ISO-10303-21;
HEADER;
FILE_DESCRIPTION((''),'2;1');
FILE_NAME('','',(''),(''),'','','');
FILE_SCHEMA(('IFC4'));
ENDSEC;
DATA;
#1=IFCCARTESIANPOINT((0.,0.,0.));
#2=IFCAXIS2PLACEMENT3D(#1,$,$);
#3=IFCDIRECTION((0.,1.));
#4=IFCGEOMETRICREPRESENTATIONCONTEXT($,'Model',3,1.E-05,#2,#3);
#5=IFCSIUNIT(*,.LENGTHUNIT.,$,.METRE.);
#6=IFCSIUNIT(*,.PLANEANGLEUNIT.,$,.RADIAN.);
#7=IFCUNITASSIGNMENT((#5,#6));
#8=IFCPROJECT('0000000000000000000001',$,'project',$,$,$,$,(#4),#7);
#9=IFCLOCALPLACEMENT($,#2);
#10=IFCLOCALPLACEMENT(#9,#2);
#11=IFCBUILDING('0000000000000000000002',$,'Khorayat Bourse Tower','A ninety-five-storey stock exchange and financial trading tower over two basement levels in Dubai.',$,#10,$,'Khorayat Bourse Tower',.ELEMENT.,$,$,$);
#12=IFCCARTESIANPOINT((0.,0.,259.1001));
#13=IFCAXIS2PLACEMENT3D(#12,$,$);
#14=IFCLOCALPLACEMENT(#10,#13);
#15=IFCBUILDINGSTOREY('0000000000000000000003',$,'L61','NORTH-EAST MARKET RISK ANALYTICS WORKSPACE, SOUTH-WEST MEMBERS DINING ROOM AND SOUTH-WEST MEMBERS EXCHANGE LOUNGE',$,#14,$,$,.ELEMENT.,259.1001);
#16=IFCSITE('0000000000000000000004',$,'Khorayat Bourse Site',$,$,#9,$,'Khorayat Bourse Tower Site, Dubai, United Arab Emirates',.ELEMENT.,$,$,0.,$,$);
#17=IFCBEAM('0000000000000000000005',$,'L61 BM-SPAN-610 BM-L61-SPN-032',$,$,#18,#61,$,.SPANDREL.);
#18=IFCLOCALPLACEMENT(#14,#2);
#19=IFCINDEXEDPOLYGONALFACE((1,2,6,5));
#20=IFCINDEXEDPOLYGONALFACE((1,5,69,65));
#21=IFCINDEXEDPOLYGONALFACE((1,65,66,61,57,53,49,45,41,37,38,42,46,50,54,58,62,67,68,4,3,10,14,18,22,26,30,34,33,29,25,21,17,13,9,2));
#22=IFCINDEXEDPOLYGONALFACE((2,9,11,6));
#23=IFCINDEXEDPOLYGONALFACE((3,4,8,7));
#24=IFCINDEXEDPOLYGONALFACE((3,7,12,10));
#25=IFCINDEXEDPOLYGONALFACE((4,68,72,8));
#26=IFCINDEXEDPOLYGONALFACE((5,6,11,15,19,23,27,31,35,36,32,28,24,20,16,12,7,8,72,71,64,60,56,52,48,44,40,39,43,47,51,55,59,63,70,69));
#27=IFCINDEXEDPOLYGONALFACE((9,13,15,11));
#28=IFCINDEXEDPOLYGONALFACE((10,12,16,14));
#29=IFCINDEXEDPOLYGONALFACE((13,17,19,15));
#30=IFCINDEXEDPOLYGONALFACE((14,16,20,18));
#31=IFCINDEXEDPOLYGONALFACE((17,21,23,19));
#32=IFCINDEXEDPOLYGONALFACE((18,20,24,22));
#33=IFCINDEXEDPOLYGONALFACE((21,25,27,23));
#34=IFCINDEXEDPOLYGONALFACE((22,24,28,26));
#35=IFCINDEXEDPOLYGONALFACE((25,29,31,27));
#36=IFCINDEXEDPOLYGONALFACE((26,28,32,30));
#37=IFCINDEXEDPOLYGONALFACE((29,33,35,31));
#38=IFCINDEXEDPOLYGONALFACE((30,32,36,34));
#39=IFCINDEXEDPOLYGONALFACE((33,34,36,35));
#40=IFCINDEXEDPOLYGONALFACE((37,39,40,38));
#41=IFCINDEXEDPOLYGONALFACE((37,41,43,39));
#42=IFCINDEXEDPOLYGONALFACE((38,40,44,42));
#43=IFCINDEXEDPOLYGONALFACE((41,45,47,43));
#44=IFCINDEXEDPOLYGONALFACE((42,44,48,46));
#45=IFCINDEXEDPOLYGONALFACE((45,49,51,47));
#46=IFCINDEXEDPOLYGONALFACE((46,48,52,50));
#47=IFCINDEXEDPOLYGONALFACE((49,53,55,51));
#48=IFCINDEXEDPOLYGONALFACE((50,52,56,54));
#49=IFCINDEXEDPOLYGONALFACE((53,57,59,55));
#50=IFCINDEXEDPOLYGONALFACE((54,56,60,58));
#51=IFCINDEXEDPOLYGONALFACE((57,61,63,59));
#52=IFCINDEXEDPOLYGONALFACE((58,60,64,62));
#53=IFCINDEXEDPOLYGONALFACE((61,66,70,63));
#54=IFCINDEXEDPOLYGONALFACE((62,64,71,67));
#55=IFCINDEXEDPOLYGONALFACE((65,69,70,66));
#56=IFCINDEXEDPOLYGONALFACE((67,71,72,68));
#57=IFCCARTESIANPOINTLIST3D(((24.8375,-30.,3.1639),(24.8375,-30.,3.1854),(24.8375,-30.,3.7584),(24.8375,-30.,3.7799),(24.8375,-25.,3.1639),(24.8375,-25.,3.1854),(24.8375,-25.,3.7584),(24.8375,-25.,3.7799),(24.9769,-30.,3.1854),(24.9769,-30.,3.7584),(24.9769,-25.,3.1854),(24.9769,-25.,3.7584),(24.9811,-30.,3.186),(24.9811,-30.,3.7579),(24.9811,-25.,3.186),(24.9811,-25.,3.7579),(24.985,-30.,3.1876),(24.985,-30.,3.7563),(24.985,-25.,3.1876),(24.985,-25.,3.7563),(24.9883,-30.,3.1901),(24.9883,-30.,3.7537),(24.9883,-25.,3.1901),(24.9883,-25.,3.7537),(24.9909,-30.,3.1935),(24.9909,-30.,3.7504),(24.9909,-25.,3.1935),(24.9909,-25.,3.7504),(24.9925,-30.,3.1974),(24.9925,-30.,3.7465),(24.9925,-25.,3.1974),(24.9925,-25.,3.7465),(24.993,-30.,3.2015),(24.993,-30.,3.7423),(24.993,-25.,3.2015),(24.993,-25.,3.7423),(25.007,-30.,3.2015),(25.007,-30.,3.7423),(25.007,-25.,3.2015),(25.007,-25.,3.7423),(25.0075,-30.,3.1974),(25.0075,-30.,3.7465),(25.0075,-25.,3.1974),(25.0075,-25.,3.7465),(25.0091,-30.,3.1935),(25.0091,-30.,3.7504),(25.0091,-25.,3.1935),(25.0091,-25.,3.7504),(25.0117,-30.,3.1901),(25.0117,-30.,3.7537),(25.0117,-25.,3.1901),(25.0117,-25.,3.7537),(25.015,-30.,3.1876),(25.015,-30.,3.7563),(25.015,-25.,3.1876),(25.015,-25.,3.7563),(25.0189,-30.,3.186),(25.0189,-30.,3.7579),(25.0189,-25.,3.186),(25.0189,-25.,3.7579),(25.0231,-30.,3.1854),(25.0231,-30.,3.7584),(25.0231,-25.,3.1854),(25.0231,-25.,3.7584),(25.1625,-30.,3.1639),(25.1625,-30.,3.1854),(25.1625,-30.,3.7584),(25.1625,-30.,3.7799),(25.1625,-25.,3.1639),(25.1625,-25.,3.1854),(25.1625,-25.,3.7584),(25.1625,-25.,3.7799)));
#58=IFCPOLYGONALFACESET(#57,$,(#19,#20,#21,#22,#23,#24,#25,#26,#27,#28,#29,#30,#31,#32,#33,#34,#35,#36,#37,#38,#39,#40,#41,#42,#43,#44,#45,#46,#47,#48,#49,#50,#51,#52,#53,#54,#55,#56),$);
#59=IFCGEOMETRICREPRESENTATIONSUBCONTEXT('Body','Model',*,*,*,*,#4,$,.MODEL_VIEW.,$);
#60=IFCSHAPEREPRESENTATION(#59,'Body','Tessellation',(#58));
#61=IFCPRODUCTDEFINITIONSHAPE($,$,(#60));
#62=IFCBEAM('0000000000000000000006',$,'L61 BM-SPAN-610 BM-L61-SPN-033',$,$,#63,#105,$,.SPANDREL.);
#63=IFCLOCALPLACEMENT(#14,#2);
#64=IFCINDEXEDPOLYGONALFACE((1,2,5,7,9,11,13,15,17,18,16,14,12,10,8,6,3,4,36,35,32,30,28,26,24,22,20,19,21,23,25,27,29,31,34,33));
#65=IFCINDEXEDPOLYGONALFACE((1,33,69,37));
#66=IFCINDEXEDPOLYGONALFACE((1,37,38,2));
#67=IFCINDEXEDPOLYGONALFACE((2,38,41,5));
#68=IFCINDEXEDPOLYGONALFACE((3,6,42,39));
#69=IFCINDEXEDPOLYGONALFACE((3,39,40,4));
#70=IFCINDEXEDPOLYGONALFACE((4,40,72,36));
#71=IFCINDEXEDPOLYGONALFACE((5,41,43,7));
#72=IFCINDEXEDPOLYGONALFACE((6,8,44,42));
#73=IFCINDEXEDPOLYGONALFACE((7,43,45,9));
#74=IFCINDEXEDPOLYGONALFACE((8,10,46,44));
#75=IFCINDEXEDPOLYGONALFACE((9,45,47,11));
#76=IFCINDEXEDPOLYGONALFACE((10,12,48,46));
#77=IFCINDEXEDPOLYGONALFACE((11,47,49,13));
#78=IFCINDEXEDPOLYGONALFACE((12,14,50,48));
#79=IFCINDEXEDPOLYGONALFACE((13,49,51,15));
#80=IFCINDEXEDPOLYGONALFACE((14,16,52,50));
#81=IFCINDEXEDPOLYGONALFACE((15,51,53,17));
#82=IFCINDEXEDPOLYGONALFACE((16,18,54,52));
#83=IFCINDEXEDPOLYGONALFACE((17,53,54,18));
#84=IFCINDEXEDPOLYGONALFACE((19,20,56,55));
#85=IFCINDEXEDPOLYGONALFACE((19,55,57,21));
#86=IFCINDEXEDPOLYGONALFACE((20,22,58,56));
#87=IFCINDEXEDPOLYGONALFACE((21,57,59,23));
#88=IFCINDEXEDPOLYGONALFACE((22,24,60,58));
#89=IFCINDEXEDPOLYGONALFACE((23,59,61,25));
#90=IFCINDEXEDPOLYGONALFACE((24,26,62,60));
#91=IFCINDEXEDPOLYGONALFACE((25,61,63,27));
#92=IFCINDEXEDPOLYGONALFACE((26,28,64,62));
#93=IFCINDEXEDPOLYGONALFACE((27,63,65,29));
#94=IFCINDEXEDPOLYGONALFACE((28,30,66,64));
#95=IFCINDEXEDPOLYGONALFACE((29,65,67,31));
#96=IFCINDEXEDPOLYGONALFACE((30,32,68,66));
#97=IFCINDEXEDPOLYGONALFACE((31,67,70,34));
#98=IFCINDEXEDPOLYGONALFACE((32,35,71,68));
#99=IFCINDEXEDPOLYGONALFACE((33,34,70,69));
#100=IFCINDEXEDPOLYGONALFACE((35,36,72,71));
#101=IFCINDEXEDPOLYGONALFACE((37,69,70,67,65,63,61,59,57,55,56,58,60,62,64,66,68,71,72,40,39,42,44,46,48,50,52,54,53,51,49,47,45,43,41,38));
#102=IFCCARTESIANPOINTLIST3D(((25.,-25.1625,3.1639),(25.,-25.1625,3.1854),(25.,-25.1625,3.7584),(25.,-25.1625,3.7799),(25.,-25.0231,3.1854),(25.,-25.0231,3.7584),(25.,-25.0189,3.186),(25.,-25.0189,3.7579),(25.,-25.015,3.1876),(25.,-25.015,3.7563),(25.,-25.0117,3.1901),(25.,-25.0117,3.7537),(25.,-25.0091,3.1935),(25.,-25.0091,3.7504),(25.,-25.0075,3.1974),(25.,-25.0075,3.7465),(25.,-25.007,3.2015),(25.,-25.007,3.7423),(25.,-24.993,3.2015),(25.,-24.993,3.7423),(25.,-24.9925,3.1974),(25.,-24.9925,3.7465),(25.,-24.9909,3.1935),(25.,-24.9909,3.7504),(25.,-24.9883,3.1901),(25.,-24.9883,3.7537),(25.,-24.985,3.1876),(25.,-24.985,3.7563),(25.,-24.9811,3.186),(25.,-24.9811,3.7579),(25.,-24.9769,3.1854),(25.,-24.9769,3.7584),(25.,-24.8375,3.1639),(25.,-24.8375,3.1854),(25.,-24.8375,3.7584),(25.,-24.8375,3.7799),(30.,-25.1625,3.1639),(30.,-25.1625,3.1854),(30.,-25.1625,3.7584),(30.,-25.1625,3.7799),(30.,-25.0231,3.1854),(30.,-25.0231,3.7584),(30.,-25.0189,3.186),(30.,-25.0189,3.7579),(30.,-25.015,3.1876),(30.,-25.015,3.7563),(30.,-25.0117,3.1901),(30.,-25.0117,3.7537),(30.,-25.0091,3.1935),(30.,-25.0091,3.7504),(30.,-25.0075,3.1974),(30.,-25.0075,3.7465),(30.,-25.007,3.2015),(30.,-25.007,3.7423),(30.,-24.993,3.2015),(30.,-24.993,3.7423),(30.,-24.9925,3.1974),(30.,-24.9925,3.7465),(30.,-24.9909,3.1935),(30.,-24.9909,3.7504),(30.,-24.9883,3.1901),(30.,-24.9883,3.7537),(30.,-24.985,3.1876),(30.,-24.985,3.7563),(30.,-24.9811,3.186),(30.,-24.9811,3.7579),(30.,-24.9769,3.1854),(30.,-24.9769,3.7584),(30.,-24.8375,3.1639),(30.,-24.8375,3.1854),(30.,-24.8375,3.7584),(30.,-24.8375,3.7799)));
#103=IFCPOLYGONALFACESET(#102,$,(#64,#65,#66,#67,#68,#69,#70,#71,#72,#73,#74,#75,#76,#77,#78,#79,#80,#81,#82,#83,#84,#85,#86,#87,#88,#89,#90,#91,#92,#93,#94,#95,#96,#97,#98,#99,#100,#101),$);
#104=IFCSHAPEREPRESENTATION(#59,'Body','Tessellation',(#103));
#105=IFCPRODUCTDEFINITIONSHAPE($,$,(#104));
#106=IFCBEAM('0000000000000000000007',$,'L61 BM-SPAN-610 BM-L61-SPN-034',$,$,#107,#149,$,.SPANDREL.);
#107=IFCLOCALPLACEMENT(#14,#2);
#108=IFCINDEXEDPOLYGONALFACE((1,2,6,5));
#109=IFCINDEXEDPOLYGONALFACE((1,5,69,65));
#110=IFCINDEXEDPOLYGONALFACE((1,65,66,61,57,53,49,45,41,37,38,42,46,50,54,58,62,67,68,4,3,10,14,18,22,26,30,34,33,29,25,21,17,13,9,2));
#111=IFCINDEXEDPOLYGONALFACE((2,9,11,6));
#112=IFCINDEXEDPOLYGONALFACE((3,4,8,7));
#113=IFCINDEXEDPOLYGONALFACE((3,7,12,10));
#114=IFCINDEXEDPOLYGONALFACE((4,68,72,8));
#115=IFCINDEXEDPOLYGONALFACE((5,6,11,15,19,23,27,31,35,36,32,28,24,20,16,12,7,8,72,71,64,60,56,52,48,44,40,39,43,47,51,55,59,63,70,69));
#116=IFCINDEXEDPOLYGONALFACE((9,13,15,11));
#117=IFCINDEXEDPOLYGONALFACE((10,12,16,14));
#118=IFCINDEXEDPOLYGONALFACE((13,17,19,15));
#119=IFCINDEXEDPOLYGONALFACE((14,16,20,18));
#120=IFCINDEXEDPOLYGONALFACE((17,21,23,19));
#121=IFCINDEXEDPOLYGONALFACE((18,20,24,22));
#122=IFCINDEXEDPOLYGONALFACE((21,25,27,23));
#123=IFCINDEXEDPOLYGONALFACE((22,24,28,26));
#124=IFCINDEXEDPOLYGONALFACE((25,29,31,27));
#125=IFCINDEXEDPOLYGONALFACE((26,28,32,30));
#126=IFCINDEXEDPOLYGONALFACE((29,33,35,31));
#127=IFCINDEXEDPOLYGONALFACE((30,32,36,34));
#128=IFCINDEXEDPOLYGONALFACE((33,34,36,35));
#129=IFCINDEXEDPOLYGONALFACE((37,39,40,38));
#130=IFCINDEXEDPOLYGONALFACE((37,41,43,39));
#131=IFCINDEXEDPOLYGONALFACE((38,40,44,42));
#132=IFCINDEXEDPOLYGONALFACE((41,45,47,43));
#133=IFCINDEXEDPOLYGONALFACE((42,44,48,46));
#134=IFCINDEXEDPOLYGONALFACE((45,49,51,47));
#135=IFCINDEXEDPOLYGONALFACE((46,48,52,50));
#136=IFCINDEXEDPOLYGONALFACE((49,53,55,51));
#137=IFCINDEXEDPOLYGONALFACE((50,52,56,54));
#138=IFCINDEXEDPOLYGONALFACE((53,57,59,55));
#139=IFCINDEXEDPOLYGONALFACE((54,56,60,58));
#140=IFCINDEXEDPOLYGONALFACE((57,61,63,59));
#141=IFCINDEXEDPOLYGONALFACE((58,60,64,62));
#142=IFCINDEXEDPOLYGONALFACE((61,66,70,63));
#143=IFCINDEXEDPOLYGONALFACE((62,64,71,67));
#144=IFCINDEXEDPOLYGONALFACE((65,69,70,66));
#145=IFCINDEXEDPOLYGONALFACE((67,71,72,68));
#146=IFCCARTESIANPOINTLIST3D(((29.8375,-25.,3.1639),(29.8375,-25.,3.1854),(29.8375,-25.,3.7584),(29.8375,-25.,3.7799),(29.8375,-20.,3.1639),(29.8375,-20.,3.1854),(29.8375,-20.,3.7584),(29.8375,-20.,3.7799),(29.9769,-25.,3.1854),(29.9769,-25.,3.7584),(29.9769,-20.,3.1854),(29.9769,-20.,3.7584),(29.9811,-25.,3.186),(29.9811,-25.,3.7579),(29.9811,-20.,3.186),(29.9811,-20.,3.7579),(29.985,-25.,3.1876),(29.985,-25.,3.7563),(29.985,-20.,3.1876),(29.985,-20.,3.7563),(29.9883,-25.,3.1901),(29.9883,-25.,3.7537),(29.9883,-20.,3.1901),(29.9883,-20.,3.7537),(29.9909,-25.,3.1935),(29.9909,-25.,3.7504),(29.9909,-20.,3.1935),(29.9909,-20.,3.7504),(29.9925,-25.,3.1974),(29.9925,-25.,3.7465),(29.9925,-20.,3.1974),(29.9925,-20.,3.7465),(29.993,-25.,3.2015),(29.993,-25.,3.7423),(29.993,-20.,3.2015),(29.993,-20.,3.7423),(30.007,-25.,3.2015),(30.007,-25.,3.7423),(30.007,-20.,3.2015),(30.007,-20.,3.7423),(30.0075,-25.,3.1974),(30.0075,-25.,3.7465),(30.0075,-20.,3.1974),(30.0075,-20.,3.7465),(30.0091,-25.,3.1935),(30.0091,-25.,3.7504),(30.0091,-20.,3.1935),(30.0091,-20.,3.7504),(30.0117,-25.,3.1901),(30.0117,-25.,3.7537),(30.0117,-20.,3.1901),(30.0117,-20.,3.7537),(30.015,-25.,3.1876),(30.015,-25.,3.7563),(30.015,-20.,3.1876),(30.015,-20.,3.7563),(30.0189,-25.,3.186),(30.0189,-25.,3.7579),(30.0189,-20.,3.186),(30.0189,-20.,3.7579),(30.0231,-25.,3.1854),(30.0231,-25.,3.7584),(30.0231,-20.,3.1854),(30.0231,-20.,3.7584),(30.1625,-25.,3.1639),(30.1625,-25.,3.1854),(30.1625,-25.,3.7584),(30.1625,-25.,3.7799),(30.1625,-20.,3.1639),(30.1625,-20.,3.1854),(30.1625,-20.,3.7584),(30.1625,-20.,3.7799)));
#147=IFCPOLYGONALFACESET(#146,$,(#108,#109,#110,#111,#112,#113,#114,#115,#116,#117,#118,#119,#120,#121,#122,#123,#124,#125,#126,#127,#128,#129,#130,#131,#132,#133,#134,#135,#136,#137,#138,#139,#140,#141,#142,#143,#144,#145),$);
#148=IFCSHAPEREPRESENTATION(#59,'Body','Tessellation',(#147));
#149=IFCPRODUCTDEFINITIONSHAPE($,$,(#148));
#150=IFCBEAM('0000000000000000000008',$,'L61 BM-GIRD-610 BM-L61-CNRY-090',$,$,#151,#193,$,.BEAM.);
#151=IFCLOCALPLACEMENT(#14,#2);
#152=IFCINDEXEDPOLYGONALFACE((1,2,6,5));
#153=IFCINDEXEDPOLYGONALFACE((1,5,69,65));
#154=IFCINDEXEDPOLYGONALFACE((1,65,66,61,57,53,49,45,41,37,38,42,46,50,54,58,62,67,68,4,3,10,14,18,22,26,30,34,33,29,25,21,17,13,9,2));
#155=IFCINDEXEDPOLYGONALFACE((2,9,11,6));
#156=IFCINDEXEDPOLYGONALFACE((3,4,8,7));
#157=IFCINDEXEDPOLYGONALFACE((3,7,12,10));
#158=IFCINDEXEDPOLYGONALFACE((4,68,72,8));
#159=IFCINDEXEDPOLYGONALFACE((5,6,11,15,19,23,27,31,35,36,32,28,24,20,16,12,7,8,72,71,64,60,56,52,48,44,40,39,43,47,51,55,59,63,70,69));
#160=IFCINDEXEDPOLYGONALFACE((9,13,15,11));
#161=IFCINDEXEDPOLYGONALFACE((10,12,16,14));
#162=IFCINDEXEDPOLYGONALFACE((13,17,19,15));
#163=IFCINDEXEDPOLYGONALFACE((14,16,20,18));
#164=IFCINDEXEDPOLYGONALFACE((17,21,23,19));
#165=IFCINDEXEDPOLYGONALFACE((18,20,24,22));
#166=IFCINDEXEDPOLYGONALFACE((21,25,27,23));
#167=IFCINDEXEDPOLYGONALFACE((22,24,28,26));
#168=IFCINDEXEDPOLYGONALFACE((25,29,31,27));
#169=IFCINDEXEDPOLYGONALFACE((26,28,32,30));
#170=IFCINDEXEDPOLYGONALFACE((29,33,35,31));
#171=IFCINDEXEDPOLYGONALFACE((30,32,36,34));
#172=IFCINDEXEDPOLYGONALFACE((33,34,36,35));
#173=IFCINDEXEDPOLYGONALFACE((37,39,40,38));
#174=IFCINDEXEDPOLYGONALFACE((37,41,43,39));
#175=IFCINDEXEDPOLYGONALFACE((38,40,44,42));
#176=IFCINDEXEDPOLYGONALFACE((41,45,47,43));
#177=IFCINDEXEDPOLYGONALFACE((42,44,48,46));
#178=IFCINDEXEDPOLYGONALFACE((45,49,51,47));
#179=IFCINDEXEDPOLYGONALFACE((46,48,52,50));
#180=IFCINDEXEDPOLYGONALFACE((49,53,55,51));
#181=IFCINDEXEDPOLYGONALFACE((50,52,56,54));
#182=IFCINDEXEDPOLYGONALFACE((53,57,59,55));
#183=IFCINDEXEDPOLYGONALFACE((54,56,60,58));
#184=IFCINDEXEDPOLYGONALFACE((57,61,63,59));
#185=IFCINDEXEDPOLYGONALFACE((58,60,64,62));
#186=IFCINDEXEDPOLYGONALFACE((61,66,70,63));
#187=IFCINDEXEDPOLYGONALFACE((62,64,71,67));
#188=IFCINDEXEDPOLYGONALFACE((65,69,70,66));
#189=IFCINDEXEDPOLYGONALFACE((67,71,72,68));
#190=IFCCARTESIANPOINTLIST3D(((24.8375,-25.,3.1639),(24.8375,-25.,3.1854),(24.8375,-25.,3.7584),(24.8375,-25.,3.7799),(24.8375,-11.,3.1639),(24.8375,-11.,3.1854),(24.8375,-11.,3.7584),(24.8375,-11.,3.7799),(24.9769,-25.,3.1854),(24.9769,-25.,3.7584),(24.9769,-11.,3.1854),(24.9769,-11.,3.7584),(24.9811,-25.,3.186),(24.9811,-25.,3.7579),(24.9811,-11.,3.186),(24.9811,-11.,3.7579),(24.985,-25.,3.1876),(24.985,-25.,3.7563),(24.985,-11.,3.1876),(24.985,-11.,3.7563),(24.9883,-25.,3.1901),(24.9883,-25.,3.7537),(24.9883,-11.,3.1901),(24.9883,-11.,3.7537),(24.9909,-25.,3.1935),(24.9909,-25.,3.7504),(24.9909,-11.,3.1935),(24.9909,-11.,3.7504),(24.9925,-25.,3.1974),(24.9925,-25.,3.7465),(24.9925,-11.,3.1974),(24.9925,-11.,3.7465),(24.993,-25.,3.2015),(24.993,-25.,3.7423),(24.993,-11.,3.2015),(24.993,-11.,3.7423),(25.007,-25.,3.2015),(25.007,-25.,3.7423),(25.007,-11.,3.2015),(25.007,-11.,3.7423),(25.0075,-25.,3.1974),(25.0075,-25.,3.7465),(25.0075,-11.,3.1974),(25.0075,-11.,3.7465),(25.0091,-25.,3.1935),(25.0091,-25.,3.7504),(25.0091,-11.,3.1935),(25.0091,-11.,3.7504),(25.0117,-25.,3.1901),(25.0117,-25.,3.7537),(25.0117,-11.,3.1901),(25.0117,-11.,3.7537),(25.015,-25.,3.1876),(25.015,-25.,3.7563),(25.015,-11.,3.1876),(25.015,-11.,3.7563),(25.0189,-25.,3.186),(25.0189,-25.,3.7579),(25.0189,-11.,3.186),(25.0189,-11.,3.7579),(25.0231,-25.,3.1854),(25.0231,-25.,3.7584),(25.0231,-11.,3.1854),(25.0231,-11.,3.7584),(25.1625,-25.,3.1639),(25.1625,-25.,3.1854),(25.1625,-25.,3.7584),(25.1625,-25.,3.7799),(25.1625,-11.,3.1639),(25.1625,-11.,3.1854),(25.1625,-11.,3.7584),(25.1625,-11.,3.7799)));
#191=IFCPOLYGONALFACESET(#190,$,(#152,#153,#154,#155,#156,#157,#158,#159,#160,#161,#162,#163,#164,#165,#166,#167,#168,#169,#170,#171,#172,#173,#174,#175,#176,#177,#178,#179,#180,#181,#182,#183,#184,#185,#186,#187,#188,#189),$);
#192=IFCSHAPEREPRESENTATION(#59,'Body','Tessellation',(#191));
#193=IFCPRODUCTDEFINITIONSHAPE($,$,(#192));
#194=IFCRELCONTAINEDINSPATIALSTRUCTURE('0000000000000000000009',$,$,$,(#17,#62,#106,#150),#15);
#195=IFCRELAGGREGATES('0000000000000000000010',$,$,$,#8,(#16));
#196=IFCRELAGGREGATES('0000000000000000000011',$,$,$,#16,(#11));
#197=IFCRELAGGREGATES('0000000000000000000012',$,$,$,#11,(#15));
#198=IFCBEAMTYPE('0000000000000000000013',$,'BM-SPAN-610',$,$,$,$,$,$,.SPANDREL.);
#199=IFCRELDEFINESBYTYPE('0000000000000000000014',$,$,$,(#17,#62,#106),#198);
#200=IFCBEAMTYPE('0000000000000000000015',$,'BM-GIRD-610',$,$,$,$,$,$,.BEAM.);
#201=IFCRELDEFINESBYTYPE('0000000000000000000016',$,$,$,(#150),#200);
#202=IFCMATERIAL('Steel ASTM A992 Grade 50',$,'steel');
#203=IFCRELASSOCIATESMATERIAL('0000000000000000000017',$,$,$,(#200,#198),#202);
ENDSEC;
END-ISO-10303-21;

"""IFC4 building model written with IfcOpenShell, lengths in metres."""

from ifc_helpers import new_model, si_unit, direction, frame, origin, origin_2d, place, context, subcontext, project, spatial, i_section, extrude, source, transform, mapped, material, material_profile, profile_set, type_object, element, save


model = new_model("IFC4")

# Units and contexts
model_context = context("Model", 3, precision=1e-05, world=origin(), true_north=direction((0.0, 1.0)))
body_context = subcontext(model_context, "Body", "Model", "MODEL_VIEW")
ifc_project = project(units=[si_unit("LENGTHUNIT", "METRE"), si_unit("PLANEANGLEUNIT", "RADIAN")], contexts=[model_context])

# Site, building, storey
site_placement = place(None, origin())
site = spatial("IfcSite", under=ifc_project, at=site_placement, Name="Khorayat Bourse Site", LongName="Khorayat Bourse Tower Site, Dubai, United Arab Emirates", CompositionType="ELEMENT", RefElevation=0.0)
building_placement = place(site_placement, origin())
building = spatial("IfcBuilding", under=site, at=building_placement, Name="Khorayat Bourse Tower", Description="A ninety-five-storey stock exchange and financial trading tower over two basement levels in Dubai.", LongName="Khorayat Bourse Tower", CompositionType="ELEMENT")
storey_placement = place(building_placement, frame((0.0, 0.0, 259.1001)))
storey = spatial("IfcBuildingStorey", under=building, at=storey_placement, Name="L61", Description="NORTH-EAST MARKET RISK ANALYTICS WORKSPACE, SOUTH-WEST MEMBERS DINING ROOM AND SOUTH-WEST MEMBERS EXCHANGE LOUNGE", CompositionType="ELEMENT", Elevation=259.1001)

# Beams
ifc_material_1 = material(Name="Steel ASTM A992 Grade 50", Category="steel")
ifc_material_profile_1 = material_profile(ifc_material_1, i_section(OverallWidth=0.325, OverallDepth=0.616, WebThickness=0.0139, FlangeThickness=0.0215, FilletRadius=0.0161, at=origin_2d()), Name="W610X174")
ifc_profile_set_1 = profile_set([ifc_material_profile_1], Name="Steel ASTM A992 Grade 50")
beam_type_1 = type_object("IfcBeamType", Name="BM-GIRD-610", PredefinedType="BEAM", material=ifc_profile_set_1)
ifc_material_profile_2 = material_profile(ifc_material_1, i_section(OverallWidth=0.325, OverallDepth=0.616, WebThickness=0.0139, FlangeThickness=0.0215, FilletRadius=0.0161, at=origin_2d()), Name="W610X174")
ifc_profile_set_2 = profile_set([ifc_material_profile_2], Name="Steel ASTM A992 Grade 50")
beam_type_2 = type_object("IfcBeamType", Name="BM-SPAN-610", PredefinedType="SPANDREL", material=ifc_profile_set_2)
shared_shape_1 = source(origin(), body_context, "Body", "SweptSolid", [
    extrude(i_section(OverallWidth=0.325, OverallDepth=0.616, WebThickness=0.0139, FlangeThickness=0.0215, FilletRadius=0.0161, at=origin_2d()), origin(), (0.0, 0.0, 1.0), 5.0),
])
for number, where, z_axis, x_axis, name in (
    (1, (25.0, -30.0, 3.4719), (0.0, 1.0, 0.0), (-1.0, 0.0, 0.0), "L61 BM-SPAN-610 BM-L61-SPN-032"),
    (2, (25.0, -25.0, 3.4719), (1.0, 0.0, 0.0), (0.0, 1.0, 0.0), "L61 BM-SPAN-610 BM-L61-SPN-033"),
    (3, (30.0, -25.0, 3.4719), (0.0, 1.0, 0.0), (-1.0, 0.0, 0.0), "L61 BM-SPAN-610 BM-L61-SPN-034"),
):
    element("IfcBeam", number, at=place(storey_placement, frame(where, z_axis=z_axis, x_axis=x_axis)), inside=storey, type_object=beam_type_2, Name=name, PredefinedType="SPANDREL", context=body_context, shape_type="MappedRepresentation", body=[
        mapped(shared_shape_1, transform((0.0, 0.0, 0.0), scale=1.0)),
    ])
shared_shape_2 = source(origin(), body_context, "Body", "SweptSolid", [
    extrude(i_section(OverallWidth=0.325, OverallDepth=0.616, WebThickness=0.0139, FlangeThickness=0.0215, FilletRadius=0.0161, at=origin_2d()), origin(), (0.0, 0.0, 1.0), 14.0),
])
beam_1_placement = place(storey_placement, frame((25.0, -25.0, 3.4719), z_axis=(0.0, 1.0, 0.0), x_axis=(-1.0, 0.0, 0.0)))
element("IfcBeam", 4, at=beam_1_placement, inside=storey, type_object=beam_type_1, Name="L61 BM-GIRD-610 BM-L61-CNRY-090", PredefinedType="BEAM", context=body_context, shape_type="MappedRepresentation", body=[
    mapped(shared_shape_2, transform((0.0, 0.0, 0.0), scale=1.0)),
])

save(model, "model.ifc")
